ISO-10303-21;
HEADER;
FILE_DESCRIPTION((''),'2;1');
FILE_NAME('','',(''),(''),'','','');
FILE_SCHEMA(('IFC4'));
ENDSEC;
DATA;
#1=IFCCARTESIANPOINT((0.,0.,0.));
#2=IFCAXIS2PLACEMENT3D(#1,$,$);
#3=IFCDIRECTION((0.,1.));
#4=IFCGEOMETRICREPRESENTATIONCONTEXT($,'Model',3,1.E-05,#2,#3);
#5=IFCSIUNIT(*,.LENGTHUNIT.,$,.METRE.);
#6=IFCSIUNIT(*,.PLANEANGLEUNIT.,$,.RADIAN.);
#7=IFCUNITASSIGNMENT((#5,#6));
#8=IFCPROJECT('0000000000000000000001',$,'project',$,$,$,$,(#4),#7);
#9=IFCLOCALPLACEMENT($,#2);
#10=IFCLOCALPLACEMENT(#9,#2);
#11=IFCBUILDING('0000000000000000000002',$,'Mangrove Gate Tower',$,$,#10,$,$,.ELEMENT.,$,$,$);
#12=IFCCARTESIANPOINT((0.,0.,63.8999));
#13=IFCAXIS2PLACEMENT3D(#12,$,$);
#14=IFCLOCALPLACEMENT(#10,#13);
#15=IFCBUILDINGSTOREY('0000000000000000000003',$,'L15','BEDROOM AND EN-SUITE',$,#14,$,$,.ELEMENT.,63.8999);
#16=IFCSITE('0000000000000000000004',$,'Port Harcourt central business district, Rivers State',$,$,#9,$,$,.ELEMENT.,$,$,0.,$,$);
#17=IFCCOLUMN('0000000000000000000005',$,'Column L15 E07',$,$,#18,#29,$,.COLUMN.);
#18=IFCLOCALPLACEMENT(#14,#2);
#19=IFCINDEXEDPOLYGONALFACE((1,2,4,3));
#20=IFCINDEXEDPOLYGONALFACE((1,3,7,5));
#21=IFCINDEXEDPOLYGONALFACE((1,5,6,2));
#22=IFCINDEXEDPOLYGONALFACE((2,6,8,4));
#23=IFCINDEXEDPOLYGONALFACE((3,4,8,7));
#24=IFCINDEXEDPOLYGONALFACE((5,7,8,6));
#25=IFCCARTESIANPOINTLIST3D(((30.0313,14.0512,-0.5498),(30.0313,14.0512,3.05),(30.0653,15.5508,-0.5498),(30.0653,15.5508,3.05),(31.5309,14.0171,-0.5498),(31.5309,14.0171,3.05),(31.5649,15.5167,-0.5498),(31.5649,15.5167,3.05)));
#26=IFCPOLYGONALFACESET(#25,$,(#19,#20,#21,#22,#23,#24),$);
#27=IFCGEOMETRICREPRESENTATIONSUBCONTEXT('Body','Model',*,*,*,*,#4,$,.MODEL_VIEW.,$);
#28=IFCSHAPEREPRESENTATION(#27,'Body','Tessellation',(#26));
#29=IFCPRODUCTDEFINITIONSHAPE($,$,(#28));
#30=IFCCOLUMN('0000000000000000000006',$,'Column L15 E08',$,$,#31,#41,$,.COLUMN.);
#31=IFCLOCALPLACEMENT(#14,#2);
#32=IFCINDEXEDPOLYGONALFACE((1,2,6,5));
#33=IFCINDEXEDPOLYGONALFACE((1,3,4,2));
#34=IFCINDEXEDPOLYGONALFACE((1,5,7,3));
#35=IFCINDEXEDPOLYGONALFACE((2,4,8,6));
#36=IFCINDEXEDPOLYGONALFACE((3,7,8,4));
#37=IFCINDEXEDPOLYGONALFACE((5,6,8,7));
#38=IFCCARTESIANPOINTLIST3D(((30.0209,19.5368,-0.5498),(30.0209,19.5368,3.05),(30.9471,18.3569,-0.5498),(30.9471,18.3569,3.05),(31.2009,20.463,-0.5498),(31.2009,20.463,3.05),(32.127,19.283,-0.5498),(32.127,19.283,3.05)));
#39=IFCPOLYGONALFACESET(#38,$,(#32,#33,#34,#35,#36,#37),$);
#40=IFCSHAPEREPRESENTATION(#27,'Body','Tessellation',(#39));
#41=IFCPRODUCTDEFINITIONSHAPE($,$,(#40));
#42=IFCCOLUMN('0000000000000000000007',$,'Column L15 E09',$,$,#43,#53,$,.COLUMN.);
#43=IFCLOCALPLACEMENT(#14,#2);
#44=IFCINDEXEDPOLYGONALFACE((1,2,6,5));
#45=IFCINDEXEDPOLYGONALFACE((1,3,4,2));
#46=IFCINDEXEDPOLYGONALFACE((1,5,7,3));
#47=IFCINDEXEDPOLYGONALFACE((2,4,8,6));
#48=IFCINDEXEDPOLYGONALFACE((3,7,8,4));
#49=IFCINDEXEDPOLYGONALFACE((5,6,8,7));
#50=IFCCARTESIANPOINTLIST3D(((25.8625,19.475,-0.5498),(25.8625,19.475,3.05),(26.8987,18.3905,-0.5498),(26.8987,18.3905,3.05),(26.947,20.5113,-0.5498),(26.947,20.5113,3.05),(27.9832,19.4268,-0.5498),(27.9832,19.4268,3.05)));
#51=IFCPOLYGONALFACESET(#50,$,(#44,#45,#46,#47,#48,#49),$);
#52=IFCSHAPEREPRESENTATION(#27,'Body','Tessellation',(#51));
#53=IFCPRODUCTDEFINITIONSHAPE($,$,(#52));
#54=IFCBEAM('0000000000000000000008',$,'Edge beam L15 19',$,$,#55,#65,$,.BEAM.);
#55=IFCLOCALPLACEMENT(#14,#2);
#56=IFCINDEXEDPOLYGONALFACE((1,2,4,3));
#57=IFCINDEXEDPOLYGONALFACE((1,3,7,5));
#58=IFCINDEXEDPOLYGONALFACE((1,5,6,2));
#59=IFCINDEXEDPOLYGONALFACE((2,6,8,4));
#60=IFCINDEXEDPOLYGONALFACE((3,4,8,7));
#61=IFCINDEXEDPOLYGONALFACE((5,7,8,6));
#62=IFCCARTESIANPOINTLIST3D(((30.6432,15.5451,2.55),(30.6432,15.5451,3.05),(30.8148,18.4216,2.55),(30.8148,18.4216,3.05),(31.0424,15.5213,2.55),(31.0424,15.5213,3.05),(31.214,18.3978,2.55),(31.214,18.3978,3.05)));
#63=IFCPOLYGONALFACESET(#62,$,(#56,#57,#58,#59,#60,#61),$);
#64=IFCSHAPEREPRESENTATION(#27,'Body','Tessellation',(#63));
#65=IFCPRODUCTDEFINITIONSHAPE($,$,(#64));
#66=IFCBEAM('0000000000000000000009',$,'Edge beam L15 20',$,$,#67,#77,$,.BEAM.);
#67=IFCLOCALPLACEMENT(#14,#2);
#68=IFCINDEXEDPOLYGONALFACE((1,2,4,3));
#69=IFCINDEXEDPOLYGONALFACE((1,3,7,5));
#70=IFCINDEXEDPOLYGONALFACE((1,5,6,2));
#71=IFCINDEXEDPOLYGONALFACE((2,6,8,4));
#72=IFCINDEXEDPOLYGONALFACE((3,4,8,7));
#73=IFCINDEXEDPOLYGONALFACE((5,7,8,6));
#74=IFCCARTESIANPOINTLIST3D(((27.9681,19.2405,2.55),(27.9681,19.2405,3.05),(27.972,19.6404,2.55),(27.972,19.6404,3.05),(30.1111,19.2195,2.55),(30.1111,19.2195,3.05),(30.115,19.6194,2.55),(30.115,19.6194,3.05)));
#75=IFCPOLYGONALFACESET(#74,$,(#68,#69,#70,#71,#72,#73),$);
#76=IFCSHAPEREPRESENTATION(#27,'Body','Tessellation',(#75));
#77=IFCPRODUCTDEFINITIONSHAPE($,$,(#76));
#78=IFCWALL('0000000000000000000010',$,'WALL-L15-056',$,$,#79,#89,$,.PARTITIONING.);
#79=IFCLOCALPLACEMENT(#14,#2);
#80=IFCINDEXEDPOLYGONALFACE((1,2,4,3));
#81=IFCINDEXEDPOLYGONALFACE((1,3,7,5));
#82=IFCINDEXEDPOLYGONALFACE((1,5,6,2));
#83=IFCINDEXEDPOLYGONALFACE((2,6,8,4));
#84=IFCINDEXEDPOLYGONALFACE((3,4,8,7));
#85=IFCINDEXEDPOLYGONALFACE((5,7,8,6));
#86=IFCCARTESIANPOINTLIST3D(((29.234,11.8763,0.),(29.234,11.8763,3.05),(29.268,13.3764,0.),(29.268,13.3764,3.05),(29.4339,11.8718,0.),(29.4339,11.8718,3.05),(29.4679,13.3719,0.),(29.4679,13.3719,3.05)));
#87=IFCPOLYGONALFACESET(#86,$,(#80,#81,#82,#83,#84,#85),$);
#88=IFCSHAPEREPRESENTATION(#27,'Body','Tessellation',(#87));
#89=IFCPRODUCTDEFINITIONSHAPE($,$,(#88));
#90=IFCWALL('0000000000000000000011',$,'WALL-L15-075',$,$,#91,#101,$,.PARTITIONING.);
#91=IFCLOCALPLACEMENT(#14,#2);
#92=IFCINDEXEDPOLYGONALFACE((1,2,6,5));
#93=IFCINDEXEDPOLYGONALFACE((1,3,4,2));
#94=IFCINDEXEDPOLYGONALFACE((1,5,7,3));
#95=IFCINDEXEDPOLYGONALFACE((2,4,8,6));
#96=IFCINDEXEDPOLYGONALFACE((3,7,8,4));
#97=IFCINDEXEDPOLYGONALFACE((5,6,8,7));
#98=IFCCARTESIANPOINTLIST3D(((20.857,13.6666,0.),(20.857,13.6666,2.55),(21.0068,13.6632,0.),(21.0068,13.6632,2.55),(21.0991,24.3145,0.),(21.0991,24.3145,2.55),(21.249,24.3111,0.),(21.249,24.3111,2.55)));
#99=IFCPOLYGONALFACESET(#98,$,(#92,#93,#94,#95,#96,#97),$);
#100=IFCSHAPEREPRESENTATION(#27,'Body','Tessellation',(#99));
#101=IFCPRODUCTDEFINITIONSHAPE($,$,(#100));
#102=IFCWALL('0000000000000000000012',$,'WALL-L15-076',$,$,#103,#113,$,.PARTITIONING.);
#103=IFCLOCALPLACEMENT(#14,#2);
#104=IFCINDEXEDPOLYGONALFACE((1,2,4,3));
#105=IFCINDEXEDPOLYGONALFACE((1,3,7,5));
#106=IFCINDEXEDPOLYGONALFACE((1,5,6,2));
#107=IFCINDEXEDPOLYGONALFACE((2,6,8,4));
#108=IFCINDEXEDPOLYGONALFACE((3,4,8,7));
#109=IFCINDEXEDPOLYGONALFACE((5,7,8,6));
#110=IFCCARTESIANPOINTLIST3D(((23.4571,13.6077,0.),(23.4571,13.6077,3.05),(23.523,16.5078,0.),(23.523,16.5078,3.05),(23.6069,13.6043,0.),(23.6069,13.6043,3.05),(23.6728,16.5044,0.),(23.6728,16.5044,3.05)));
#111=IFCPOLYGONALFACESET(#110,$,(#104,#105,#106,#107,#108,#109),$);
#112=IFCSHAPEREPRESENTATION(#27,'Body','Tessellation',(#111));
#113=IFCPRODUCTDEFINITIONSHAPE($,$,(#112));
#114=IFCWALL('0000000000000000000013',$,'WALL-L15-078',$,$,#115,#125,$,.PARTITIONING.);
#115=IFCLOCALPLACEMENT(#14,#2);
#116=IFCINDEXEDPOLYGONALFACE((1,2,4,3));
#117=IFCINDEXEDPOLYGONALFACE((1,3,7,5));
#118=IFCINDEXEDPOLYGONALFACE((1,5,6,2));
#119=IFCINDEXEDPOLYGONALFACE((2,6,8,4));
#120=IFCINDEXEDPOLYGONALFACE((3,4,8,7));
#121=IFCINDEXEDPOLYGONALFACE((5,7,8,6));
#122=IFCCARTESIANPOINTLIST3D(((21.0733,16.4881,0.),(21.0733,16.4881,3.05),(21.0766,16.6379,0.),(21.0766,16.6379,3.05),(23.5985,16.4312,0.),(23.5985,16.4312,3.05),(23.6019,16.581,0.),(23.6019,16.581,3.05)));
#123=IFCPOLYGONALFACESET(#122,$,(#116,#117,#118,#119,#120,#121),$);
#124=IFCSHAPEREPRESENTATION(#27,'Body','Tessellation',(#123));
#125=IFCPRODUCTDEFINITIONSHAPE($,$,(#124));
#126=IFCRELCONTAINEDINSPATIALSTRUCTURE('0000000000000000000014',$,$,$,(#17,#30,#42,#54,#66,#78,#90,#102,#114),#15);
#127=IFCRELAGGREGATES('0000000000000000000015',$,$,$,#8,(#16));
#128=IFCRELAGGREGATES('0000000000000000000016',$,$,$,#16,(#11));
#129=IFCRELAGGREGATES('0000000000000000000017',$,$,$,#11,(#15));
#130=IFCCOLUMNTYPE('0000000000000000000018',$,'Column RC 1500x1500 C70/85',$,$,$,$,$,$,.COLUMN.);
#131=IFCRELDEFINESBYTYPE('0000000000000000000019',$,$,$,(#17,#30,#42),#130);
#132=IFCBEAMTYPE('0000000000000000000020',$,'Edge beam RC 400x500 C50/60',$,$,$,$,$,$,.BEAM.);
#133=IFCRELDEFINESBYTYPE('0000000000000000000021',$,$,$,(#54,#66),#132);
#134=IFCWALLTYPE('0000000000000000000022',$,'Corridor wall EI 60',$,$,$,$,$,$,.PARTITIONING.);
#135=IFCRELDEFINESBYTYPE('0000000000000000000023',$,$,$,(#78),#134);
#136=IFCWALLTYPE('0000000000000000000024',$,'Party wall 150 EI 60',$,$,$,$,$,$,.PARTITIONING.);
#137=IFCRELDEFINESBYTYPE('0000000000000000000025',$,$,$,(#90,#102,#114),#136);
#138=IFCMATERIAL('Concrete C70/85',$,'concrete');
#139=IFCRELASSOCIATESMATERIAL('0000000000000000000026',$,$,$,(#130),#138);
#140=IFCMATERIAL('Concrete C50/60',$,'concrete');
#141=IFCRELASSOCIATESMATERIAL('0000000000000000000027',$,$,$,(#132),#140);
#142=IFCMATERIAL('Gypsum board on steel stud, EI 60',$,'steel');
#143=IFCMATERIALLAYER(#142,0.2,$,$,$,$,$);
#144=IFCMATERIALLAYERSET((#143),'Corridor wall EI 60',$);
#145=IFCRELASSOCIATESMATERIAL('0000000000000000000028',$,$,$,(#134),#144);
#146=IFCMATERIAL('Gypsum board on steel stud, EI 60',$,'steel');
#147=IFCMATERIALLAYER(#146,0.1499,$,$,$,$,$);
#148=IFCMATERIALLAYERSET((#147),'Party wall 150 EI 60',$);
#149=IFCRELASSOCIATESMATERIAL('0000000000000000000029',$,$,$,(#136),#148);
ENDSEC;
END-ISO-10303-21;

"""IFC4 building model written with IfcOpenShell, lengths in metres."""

from ifc_helpers import new_model, si_unit, direction, frame, frame_2d, origin, origin_2d, place, context, subcontext, project, spatial, rectangle, extrude, material, layer, layer_set, material_profile, profile_set, type_object, element, save


model = new_model("IFC4")

# Units and contexts
model_context = context("Model", 3, precision=1e-05, world=origin(), true_north=direction((0.0, 1.0)))
body_context = subcontext(model_context, "Body", "Model", "MODEL_VIEW")
ifc_project = project(units=[si_unit("LENGTHUNIT", "METRE"), si_unit("PLANEANGLEUNIT", "RADIAN")], contexts=[model_context])

# Site, building, storey
site_placement = place(None, origin())
site = spatial("IfcSite", under=ifc_project, at=site_placement, Name="Port Harcourt central business district, Rivers State", CompositionType="ELEMENT", RefElevation=0.0)
building_placement = place(site_placement, origin())
building = spatial("IfcBuilding", under=site, at=building_placement, Name="Mangrove Gate Tower", CompositionType="ELEMENT")
storey_placement = place(building_placement, frame((0.0, 0.0, 63.8999)))
storey = spatial("IfcBuildingStorey", under=building, at=storey_placement, Name="L15", Description="BEDROOM AND EN-SUITE", CompositionType="ELEMENT", Elevation=63.8999)

# Columns
ifc_material_1 = material(Name="Concrete C70/85", Category="concrete")
ifc_material_profile_1 = material_profile(ifc_material_1, rectangle(XDim=1.5, YDim=1.5, at=origin_2d()))
ifc_profile_set_1 = profile_set([ifc_material_profile_1], Name="Concrete C70/85")
column_type = type_object("IfcColumnType", Name="Column RC 1500x1500 C70/85", PredefinedType="COLUMN", material=ifc_profile_set_1)
for number, where, z_axis, x_axis, name in (
    (1, (30.7981, 14.7839, -0.5498), (0.0, 0.0, 1.0), (0.02271, 0.999742, 0.0), "Column L15 E07"),
    (2, (31.074, 19.4099, -0.5498), (0.0, 0.0, 1.0), (-0.617421, 0.786633, 0.0), "Column L15 E08"),
    (3, (26.9229, 19.4509, -0.5498), (0.0, 0.0, 1.0), (-0.690848, 0.723, 0.0), "Column L15 E09"),
):
    element("IfcColumn", number, at=place(storey_placement, frame(where, z_axis=z_axis, x_axis=x_axis)), inside=storey, type_object=column_type, Name=name, PredefinedType="COLUMN", context=body_context, shape_type="SweptSolid", body=[
        extrude(rectangle(XDim=1.5, YDim=1.5, at=origin_2d()), origin(), (0.0, 0.0, 1.0), 3.5999),
    ])

# Beams
ifc_material_2 = material(Name="Concrete C50/60", Category="concrete")
ifc_material_profile_2 = material_profile(ifc_material_2, rectangle(XDim=0.3999, YDim=0.5, at=origin_2d()))
ifc_profile_set_2 = profile_set([ifc_material_profile_2], Name="Concrete C50/60")
beam_type = type_object("IfcBeamType", Name="Edge beam RC 400x500 C50/60", PredefinedType="BEAM", material=ifc_profile_set_2)
beam_1_placement = place(storey_placement, frame((30.8428, 15.5332, 2.8), z_axis=(0.059561, 0.998225, 0.0), x_axis=(-0.998225, 0.059561, 0.0)))
element("IfcBeam", 4, at=beam_1_placement, inside=storey, type_object=beam_type, Name="Edge beam L15 19", PredefinedType="BEAM", context=body_context, shape_type="SweptSolid", body=[
    extrude(rectangle(XDim=0.3999, YDim=0.5, at=origin_2d()), origin(), (0.0, 0.0, 1.0), 2.8816),
])
beam_2_placement = place(storey_placement, frame((30.113, 19.4194, 2.8), z_axis=(-0.999952, 0.009797, 0.0), x_axis=(-0.009797, -0.999952, 0.0)))
element("IfcBeam", 5, at=beam_2_placement, inside=storey, type_object=beam_type, Name="Edge beam L15 20", PredefinedType="BEAM", context=body_context, shape_type="SweptSolid", body=[
    extrude(rectangle(XDim=0.3999, YDim=0.5, at=origin_2d()), origin(), (0.0, 0.0, 1.0), 2.1431),
])

# Walls
ifc_material_3 = material(Name="Gypsum board on steel stud, EI 60", Category="steel")
ifc_layer_1 = layer(ifc_material_3, 0.2)
ifc_layer_set_1 = layer_set([ifc_layer_1], Name="Corridor wall EI 60")
wall_type_1 = type_object("IfcWallType", Name="Corridor wall EI 60", PredefinedType="PARTITIONING", material=ifc_layer_set_1)
wall_1_placement = place(storey_placement, frame((29.334, 11.874, 0.0), z_axis=(0.0, 0.0, 1.0), x_axis=(0.022618, 0.999744, 0.0)))
element("IfcWall", 6, at=wall_1_placement, inside=storey, type_object=wall_type_1, Name="WALL-L15-056", PredefinedType="PARTITIONING", context=body_context, shape_type="SweptSolid", body=[
    extrude(rectangle(XDim=1.5005, YDim=0.2, at=frame_2d((0.7502, 0.0))), origin(), (0.0, 0.0, 1.0), 3.05),
])
ifc_material_4 = material(Name="Gypsum board on steel stud, EI 60", Category="steel")
ifc_layer_2 = layer(ifc_material_4, 0.1499)
ifc_layer_set_2 = layer_set([ifc_layer_2], Name="Party wall 150 EI 60")
wall_type_2 = type_object("IfcWallType", Name="Party wall 150 EI 60", PredefinedType="PARTITIONING", material=ifc_layer_set_2)
wall_2_placement = place(storey_placement, frame((20.9319, 13.665, 0.0), z_axis=(0.0, 0.0, 1.0), x_axis=(0.022739, 0.999741, 0.0)))
element("IfcWall", 7, at=wall_2_placement, inside=storey, type_object=wall_type_2, Name="WALL-L15-075", PredefinedType="PARTITIONING", context=body_context, shape_type="SweptSolid", body=[
    extrude(rectangle(XDim=10.6506, YDim=0.1499, at=frame_2d((5.3252, 0.0))), origin(), (0.0, 0.0, 1.0), 2.55),
])
wall_3_placement = place(storey_placement, frame((23.532, 13.606, 0.0), z_axis=(0.0, 0.0, 1.0), x_axis=(0.022723, 0.999742, 0.0)))
element("IfcWall", 8, at=wall_3_placement, inside=storey, type_object=wall_type_2, Name="WALL-L15-076", PredefinedType="PARTITIONING", context=body_context, shape_type="SweptSolid", body=[
    extrude(rectangle(XDim=2.9009, YDim=0.1499, at=frame_2d((1.4504, 0.0))), origin(), (0.0, 0.0, 1.0), 3.05),
])
wall_4_placement = place(storey_placement, frame((21.075, 16.563, 0.0), z_axis=(0.0, 0.0, 1.0), x_axis=(0.999746, -0.022522, 0.0)))
element("IfcWall", 9, at=wall_4_placement, inside=storey, type_object=wall_type_2, Name="WALL-L15-078", PredefinedType="PARTITIONING", context=body_context, shape_type="SweptSolid", body=[
    extrude(rectangle(XDim=2.5259, YDim=0.1499, at=frame_2d((1.2629, 0.0))), origin(), (0.0, 0.0, 1.0), 3.05),
])

save(model, "model.ifc")
